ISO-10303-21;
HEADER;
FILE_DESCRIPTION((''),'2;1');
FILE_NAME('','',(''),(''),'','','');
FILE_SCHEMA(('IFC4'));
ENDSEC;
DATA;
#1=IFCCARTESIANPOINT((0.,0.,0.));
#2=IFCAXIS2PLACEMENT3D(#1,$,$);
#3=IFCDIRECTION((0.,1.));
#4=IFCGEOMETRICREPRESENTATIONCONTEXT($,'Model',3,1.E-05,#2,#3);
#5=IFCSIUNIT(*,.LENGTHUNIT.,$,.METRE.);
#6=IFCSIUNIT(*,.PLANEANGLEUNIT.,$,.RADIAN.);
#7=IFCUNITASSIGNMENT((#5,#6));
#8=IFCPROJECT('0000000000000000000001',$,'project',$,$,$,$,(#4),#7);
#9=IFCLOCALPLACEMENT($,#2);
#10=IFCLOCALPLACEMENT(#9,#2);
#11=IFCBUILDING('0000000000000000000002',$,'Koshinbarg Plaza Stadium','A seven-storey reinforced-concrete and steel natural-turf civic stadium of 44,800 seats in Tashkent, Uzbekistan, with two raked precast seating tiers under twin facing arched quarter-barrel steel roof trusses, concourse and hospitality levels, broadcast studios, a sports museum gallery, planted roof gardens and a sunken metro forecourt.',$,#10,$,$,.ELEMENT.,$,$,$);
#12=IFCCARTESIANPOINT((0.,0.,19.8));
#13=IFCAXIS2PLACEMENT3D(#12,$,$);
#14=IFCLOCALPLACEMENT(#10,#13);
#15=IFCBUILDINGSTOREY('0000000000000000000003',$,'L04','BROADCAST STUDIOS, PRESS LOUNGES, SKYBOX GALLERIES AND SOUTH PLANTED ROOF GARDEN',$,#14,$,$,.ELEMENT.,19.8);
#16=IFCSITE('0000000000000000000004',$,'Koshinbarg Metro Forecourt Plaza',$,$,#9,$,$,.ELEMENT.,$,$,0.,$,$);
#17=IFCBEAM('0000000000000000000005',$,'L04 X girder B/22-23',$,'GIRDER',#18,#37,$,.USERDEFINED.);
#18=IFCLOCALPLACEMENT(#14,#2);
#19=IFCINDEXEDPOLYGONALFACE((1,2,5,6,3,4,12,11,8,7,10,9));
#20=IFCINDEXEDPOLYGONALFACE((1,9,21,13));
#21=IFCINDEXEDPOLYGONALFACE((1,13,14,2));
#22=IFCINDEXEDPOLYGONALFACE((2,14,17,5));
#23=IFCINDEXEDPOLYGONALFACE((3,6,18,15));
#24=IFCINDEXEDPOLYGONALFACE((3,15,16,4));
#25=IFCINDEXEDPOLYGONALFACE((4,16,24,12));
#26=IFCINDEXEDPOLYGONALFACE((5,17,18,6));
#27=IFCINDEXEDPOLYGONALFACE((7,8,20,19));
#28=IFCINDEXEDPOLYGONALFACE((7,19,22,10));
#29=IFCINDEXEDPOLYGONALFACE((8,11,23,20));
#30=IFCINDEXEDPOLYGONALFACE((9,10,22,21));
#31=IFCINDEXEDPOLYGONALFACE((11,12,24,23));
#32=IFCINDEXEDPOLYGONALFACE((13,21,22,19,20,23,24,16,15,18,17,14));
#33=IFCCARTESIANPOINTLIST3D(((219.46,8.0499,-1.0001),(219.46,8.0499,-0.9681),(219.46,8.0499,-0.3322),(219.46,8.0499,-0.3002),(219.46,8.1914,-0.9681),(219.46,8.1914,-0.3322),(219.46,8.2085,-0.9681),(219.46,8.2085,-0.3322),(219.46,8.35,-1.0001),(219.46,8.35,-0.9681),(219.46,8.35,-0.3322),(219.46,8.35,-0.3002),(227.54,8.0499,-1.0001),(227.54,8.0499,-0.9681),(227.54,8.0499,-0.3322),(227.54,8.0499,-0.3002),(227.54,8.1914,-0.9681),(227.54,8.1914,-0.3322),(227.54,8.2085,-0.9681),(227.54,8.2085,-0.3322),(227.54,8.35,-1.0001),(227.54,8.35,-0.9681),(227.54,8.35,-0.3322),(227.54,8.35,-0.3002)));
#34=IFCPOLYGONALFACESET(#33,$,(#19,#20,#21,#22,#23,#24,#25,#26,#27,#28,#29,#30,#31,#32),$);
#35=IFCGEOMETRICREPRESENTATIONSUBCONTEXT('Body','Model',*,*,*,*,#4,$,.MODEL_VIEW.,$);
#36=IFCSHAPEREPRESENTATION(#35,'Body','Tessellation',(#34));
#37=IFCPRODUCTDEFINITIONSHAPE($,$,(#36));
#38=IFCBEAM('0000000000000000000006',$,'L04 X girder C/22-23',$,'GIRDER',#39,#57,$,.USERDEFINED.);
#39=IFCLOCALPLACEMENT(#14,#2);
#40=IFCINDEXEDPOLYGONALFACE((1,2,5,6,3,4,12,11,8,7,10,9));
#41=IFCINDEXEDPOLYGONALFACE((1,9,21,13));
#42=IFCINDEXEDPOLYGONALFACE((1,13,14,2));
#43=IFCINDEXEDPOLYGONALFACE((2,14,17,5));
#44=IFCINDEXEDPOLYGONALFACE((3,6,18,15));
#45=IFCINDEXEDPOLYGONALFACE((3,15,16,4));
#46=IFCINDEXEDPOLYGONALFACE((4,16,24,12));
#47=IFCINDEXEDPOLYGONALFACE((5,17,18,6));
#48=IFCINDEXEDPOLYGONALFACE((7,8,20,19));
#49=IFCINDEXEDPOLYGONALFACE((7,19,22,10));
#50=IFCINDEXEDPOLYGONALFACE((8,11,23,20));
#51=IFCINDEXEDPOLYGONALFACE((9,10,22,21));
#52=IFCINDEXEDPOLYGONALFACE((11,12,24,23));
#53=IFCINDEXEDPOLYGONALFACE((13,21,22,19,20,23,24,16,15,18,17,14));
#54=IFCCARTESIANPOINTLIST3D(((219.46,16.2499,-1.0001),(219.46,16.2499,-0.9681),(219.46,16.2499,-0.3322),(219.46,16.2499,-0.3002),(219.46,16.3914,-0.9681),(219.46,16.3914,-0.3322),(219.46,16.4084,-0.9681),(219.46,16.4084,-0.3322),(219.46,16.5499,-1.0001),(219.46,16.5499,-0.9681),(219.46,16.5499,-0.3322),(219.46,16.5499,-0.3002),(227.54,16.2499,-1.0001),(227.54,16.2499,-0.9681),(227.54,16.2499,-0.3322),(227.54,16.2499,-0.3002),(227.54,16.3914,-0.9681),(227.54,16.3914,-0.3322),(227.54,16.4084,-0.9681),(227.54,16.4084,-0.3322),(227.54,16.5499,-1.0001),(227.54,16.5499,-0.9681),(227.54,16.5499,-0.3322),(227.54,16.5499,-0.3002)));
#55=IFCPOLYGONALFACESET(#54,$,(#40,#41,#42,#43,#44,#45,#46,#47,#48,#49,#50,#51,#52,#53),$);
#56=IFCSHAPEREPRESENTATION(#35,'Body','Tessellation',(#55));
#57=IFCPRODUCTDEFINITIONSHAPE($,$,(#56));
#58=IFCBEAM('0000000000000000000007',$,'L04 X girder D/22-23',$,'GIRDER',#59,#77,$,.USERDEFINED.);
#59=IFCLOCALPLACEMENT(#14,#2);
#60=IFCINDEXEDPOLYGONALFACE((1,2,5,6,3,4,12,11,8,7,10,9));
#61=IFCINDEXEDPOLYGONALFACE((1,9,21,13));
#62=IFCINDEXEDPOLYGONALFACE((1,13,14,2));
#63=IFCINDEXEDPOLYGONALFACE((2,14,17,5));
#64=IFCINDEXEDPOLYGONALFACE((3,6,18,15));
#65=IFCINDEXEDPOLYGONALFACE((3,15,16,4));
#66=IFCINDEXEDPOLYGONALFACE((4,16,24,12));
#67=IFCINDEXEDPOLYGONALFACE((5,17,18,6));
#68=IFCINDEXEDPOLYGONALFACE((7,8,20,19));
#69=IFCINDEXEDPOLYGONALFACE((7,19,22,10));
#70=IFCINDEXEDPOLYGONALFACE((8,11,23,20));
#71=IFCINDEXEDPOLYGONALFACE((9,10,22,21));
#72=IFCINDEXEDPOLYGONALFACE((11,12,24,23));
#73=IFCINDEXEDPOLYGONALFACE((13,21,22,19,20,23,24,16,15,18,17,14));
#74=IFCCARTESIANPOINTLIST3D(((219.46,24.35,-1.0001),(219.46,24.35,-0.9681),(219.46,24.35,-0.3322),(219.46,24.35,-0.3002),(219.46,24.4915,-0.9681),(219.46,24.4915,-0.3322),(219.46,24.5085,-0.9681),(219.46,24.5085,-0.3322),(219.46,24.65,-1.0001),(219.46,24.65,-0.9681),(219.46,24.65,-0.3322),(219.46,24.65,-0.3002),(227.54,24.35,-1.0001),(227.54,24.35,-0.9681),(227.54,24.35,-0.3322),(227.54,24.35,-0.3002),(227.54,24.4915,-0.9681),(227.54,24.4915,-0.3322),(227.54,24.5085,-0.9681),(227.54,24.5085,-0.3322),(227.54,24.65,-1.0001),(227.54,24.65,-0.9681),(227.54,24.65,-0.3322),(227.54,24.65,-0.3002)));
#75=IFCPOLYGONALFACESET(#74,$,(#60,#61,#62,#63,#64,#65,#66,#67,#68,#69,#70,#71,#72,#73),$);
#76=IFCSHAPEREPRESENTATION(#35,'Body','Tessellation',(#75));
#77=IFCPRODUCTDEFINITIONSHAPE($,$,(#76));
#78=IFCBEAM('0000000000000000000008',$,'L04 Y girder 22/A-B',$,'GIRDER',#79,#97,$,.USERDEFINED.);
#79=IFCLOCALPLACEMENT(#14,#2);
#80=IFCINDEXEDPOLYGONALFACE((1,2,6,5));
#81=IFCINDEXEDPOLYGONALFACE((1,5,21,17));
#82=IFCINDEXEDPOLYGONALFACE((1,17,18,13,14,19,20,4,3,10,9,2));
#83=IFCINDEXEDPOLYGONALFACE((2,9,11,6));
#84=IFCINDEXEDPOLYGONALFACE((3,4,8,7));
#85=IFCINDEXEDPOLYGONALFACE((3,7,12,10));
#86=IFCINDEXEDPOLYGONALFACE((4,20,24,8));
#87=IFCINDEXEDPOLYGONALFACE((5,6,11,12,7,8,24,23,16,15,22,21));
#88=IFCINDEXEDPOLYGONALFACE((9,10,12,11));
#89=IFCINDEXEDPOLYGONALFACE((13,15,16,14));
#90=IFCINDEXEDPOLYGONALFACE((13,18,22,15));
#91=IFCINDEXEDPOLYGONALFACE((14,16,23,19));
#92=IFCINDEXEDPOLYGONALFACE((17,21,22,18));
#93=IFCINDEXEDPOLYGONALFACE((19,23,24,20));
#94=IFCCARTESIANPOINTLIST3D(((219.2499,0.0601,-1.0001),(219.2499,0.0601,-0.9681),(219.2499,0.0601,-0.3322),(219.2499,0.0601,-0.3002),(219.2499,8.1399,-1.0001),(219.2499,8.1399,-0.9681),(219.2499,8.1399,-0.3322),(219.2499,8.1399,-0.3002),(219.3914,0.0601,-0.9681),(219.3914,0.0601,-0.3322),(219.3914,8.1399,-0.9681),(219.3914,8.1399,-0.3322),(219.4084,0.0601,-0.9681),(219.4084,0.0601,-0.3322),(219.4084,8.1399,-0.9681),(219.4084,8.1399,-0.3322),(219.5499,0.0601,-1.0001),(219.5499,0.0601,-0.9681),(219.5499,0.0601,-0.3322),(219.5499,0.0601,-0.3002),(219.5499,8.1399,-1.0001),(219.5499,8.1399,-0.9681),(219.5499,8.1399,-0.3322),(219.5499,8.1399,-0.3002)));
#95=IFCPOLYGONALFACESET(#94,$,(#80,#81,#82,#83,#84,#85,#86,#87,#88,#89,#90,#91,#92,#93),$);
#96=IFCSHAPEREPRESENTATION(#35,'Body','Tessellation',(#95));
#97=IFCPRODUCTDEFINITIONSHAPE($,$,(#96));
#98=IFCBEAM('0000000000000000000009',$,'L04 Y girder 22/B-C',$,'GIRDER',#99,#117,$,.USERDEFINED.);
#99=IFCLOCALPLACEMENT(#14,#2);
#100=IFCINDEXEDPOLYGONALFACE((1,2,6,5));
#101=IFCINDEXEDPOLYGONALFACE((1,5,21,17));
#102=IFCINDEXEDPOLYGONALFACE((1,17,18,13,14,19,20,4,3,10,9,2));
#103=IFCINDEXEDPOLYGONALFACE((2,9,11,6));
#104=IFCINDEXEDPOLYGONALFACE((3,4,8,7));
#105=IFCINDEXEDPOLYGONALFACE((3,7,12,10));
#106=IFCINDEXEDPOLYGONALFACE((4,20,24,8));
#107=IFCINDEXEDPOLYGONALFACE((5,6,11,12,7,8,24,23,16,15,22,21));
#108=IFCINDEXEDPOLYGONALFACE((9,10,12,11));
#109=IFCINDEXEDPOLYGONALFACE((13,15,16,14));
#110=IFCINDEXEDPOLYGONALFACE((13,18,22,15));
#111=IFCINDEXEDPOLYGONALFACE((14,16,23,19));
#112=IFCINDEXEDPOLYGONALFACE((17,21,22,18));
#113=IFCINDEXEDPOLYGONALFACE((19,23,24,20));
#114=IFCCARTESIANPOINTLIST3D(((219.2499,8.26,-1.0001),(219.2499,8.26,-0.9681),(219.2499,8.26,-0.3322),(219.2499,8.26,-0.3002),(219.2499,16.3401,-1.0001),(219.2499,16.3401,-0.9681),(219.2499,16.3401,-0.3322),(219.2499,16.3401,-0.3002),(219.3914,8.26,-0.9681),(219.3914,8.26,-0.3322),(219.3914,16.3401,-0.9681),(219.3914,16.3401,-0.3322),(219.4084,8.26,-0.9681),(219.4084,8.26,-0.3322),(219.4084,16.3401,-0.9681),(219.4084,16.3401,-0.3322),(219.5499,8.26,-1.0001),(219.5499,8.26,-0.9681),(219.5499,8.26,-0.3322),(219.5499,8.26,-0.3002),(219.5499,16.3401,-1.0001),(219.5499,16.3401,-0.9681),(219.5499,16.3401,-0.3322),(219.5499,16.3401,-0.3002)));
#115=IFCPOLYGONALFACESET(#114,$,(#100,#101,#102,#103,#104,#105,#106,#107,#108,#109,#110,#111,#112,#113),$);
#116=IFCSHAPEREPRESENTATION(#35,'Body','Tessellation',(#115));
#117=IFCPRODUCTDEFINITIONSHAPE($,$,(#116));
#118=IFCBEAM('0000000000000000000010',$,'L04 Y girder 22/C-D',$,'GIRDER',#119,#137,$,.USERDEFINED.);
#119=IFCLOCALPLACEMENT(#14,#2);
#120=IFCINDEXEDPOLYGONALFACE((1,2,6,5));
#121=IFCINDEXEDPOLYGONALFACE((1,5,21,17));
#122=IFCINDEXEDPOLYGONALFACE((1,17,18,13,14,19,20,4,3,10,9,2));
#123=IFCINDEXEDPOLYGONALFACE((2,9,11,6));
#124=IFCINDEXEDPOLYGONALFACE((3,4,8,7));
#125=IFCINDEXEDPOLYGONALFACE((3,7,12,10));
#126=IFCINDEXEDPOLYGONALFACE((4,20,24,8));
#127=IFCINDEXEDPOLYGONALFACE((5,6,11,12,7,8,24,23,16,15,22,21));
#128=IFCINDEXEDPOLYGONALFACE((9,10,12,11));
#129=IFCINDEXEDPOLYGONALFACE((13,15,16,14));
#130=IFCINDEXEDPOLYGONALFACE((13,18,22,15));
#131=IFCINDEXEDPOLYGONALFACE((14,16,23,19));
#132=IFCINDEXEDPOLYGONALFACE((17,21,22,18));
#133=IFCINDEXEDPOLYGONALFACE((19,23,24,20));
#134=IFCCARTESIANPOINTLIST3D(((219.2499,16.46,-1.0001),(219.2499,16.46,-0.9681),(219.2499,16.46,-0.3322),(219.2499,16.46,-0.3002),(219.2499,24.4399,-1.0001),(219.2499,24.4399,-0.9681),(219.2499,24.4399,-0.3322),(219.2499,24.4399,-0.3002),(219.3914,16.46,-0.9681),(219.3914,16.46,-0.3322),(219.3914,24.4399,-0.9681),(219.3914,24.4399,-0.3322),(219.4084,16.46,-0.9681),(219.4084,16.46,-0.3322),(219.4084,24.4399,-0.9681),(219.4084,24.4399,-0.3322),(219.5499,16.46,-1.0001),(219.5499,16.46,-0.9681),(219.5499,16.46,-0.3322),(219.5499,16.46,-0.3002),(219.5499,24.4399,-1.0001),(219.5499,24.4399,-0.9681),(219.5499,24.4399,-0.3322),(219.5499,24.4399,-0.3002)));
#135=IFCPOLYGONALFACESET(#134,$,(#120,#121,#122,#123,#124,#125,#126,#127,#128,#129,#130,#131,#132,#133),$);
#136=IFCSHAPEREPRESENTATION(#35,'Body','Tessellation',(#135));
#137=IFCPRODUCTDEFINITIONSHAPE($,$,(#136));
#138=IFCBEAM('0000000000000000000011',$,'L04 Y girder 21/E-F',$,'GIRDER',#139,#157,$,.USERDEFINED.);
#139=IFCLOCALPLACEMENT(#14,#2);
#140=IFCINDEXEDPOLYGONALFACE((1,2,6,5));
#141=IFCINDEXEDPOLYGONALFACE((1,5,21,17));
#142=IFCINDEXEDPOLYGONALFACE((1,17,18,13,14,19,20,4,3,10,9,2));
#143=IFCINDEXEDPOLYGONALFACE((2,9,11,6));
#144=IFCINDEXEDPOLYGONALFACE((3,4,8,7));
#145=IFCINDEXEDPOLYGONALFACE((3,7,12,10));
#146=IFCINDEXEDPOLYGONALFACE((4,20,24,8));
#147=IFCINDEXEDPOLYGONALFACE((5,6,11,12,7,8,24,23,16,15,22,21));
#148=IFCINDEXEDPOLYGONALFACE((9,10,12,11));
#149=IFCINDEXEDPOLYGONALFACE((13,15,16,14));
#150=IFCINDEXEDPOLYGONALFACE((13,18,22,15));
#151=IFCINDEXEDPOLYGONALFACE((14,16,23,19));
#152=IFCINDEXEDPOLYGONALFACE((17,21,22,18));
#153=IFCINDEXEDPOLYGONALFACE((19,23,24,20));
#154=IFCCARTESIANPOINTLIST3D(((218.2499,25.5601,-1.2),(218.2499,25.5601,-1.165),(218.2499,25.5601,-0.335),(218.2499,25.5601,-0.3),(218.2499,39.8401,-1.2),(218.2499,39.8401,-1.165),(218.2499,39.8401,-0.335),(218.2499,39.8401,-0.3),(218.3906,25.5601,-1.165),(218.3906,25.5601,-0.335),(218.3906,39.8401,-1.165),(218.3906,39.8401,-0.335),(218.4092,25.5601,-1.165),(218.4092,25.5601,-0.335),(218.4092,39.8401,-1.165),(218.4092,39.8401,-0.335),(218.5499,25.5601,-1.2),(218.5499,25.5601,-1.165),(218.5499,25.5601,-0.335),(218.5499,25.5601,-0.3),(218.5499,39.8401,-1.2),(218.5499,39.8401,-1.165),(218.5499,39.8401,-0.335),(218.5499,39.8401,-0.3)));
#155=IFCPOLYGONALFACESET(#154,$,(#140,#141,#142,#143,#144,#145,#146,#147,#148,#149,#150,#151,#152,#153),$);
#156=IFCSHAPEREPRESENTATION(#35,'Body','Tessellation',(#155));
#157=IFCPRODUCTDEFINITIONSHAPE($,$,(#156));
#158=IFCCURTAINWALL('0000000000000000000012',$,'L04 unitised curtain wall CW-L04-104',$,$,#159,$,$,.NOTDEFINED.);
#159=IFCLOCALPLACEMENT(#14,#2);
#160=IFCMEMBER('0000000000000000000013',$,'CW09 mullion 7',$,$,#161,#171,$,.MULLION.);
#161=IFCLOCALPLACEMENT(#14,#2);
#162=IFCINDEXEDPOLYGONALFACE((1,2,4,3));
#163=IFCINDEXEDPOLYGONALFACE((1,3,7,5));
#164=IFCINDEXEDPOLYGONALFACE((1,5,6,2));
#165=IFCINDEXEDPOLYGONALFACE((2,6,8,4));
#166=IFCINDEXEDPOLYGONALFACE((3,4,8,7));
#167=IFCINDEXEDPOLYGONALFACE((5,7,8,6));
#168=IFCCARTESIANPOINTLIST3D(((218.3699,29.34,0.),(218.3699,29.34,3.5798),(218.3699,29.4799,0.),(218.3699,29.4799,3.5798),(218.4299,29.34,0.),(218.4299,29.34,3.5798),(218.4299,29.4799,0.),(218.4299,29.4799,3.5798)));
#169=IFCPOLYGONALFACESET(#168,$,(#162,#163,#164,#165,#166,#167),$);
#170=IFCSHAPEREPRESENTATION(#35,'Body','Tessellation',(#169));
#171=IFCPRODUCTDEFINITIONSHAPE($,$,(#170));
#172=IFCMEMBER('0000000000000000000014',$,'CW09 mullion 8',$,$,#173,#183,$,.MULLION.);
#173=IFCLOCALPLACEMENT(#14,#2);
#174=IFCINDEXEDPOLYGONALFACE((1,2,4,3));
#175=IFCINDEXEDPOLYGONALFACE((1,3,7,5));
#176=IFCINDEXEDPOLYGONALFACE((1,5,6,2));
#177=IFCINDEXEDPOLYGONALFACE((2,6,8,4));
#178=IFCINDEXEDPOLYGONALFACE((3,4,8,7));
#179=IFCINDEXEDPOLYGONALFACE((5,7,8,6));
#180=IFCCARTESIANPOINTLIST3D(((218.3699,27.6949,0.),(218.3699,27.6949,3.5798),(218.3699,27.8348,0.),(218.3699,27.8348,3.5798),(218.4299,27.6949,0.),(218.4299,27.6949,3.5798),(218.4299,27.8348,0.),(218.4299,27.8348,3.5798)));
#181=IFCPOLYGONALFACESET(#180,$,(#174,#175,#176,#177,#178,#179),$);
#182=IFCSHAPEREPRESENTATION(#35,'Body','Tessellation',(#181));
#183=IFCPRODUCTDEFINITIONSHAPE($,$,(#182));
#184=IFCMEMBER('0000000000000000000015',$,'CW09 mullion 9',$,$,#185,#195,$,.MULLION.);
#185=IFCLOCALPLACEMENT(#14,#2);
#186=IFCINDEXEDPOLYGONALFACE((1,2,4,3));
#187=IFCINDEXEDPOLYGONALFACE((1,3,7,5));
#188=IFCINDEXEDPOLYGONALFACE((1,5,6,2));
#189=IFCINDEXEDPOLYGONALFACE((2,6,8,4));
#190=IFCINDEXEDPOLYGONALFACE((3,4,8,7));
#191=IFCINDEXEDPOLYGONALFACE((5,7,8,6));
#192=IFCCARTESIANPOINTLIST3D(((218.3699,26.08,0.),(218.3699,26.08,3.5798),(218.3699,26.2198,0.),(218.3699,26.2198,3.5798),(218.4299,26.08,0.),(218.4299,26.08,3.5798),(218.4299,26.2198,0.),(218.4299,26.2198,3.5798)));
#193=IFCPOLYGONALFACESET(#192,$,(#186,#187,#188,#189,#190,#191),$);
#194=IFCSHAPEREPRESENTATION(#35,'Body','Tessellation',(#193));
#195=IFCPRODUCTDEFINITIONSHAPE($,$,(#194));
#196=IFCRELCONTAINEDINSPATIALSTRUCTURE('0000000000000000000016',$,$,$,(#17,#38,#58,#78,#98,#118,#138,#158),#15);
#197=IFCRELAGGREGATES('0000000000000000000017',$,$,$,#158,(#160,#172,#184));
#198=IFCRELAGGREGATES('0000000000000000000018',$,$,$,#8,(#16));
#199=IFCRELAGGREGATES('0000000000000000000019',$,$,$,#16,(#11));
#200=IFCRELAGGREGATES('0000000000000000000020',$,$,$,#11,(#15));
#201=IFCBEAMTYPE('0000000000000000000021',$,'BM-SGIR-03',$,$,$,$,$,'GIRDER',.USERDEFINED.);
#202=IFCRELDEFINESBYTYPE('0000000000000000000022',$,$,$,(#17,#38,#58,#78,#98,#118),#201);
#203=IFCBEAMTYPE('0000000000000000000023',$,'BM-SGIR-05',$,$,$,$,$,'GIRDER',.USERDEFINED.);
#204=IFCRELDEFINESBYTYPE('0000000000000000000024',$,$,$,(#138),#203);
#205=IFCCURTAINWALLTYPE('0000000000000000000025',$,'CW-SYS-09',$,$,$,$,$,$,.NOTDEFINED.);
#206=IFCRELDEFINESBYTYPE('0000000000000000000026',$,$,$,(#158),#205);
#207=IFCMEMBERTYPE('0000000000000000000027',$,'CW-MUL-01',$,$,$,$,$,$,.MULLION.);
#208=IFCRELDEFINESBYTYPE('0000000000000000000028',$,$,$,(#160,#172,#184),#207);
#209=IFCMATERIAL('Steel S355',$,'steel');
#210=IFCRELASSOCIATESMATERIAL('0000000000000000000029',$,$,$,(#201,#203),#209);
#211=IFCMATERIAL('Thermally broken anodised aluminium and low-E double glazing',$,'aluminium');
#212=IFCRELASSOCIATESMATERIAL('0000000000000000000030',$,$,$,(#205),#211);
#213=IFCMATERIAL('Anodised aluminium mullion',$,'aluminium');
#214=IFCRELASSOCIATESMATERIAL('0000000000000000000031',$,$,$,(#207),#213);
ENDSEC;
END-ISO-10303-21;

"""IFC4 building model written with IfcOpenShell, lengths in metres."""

from ifc_helpers import new_model, si_unit, direction, frame, origin, origin_2d, place, context, subcontext, project, spatial, rectangle, i_section, extrude, material, material_profile, profile_set, type_object, element, aggregate, save


model = new_model("IFC4")

# Units and contexts
model_context = context("Model", 3, precision=1e-05, world=origin(), true_north=direction((0.0, 1.0)))
body_context = subcontext(model_context, "Body", "Model", "MODEL_VIEW")
ifc_project = project(units=[si_unit("LENGTHUNIT", "METRE"), si_unit("PLANEANGLEUNIT", "RADIAN")], contexts=[model_context])

# Site, building, storey
site_placement = place(None, origin())
site = spatial("IfcSite", under=ifc_project, at=site_placement, Name="Koshinbarg Metro Forecourt Plaza", CompositionType="ELEMENT", RefElevation=0.0)
building_placement = place(site_placement, origin())
building = spatial("IfcBuilding", under=site, at=building_placement, Name="Koshinbarg Plaza Stadium", Description="A seven-storey reinforced-concrete and steel natural-turf civic stadium of 44,800 seats in Tashkent, Uzbekistan, with two raked precast seating tiers under twin facing arched quarter-barrel steel roof trusses, concourse and hospitality levels, broadcast studios, a sports museum gallery, planted roof gardens and a sunken metro forecourt.", CompositionType="ELEMENT")
storey_placement = place(building_placement, frame((0.0, 0.0, 19.8)))
storey = spatial("IfcBuildingStorey", under=building, at=storey_placement, Name="L04", Description="BROADCAST STUDIOS, PRESS LOUNGES, SKYBOX GALLERIES AND SOUTH PLANTED ROOF GARDEN", CompositionType="ELEMENT", Elevation=19.8)

# Beams
ifc_material_1 = material(Name="Steel S355", Category="steel")
ifc_material_profile_1 = material_profile(ifc_material_1, i_section(OverallWidth=0.3, OverallDepth=0.7, WebThickness=0.0171, FlangeThickness=0.032, at=origin_2d()), Name="HEB 700")
ifc_profile_set_1 = profile_set([ifc_material_profile_1], Name="Steel S355")
beam_type_1 = type_object("IfcBeamType", Name="BM-SGIR-03", ElementType="GIRDER", PredefinedType="USERDEFINED", material=ifc_profile_set_1)
for number, where, z_axis, x_axis, name in (
    (1, (219.46, 8.2, -0.6501), (1.0, 0.0, 0.0), (0.0, 1.0, 0.0), "L04 X girder B/22-23"),
    (2, (219.46, 16.3999, -0.6501), (1.0, 0.0, 0.0), (0.0, 1.0, 0.0), "L04 X girder C/22-23"),
    (3, (219.46, 24.5, -0.6501), (1.0, 0.0, 0.0), (0.0, 1.0, 0.0), "L04 X girder D/22-23"),
):
    element("IfcBeam", number, at=place(storey_placement, frame(where, z_axis=z_axis, x_axis=x_axis)), inside=storey, type_object=beam_type_1, Name=name, ObjectType="GIRDER", PredefinedType="USERDEFINED", context=body_context, shape_type="SweptSolid", body=[
        extrude(i_section(OverallWidth=0.3, OverallDepth=0.7, WebThickness=0.0171, FlangeThickness=0.032, at=origin_2d()), origin(), (0.0, 0.0, 1.0), 8.0801),
    ])
beam_1_placement = place(storey_placement, frame((219.3999, 0.0601, -0.6501), z_axis=(0.0, 1.0, 0.0), x_axis=(-1.0, 0.0, 0.0)))
element("IfcBeam", 4, at=beam_1_placement, inside=storey, type_object=beam_type_1, Name="L04 Y girder 22/A-B", ObjectType="GIRDER", PredefinedType="USERDEFINED", context=body_context, shape_type="SweptSolid", body=[
    extrude(i_section(OverallWidth=0.3, OverallDepth=0.7, WebThickness=0.0171, FlangeThickness=0.032, at=origin_2d()), origin(), (0.0, 0.0, 1.0), 8.0798),
])
beam_2_placement = place(storey_placement, frame((219.3999, 8.26, -0.6501), z_axis=(0.0, 1.0, 0.0), x_axis=(-1.0, 0.0, 0.0)))
element("IfcBeam", 5, at=beam_2_placement, inside=storey, type_object=beam_type_1, Name="L04 Y girder 22/B-C", ObjectType="GIRDER", PredefinedType="USERDEFINED", context=body_context, shape_type="SweptSolid", body=[
    extrude(i_section(OverallWidth=0.3, OverallDepth=0.7, WebThickness=0.0171, FlangeThickness=0.032, at=origin_2d()), origin(), (0.0, 0.0, 1.0), 8.0801),
])
beam_3_placement = place(storey_placement, frame((219.3999, 16.46, -0.6501), z_axis=(0.0, 1.0, 0.0), x_axis=(-1.0, 0.0, 0.0)))
element("IfcBeam", 6, at=beam_3_placement, inside=storey, type_object=beam_type_1, Name="L04 Y girder 22/C-D", ObjectType="GIRDER", PredefinedType="USERDEFINED", context=body_context, shape_type="SweptSolid", body=[
    extrude(i_section(OverallWidth=0.3, OverallDepth=0.7, WebThickness=0.0171, FlangeThickness=0.032, at=origin_2d()), origin(), (0.0, 0.0, 1.0), 7.98),
])
ifc_material_profile_2 = material_profile(ifc_material_1, i_section(OverallWidth=0.3, OverallDepth=0.8999, WebThickness=0.0186, FlangeThickness=0.0349, at=origin_2d()), Name="HEB 900")
ifc_profile_set_2 = profile_set([ifc_material_profile_2], Name="Steel S355")
beam_type_2 = type_object("IfcBeamType", Name="BM-SGIR-05", ElementType="GIRDER", PredefinedType="USERDEFINED", material=ifc_profile_set_2)
beam_4_placement = place(storey_placement, frame((218.3999, 25.5601, -0.75), z_axis=(0.0, 1.0, 0.0), x_axis=(-1.0, 0.0, 0.0)))
element("IfcBeam", 7, at=beam_4_placement, inside=storey, type_object=beam_type_2, Name="L04 Y girder 21/E-F", ObjectType="GIRDER", PredefinedType="USERDEFINED", context=body_context, shape_type="SweptSolid", body=[
    extrude(i_section(OverallWidth=0.3, OverallDepth=0.8999, WebThickness=0.0186, FlangeThickness=0.0349, at=origin_2d()), origin(), (0.0, 0.0, 1.0), 14.28),
])

# Curtain wall, members
ifc_material_2 = material(Name="Thermally broken anodised aluminium and low-E double glazing", Category="aluminium")
curtain_wall_type = type_object("IfcCurtainWallType", Name="CW-SYS-09", PredefinedType="NOTDEFINED", material=ifc_material_2)
curtain_wall_placement = place(storey_placement, origin())
curtain_wall = element("IfcCurtainWall", 8, at=curtain_wall_placement, inside=storey, type_object=curtain_wall_type, Name="L04 unitised curtain wall CW-L04-104", PredefinedType="NOTDEFINED")
ifc_material_3 = material(Name="Anodised aluminium mullion", Category="aluminium")
ifc_material_profile_3 = material_profile(ifc_material_3, rectangle(XDim=0.0601, YDim=0.1399, at=origin_2d()), Name="ALU 60x140")
ifc_profile_set_3 = profile_set([ifc_material_profile_3], Name="Anodised aluminium mullion")
member_type_1 = type_object("IfcMemberType", Name="CW-MUL-01", PredefinedType="MULLION", material=ifc_profile_set_3)
member_1_placement = place(storey_placement, frame((218.3999, 29.4099, 0.0), z_axis=(0.0, 0.0, 1.0), x_axis=(1.0, 0.0, 0.0)))
member_1 = element("IfcMember", 9, at=member_1_placement, type_object=member_type_1, Name="CW09 mullion 7", PredefinedType="MULLION", context=body_context, shape_type="SweptSolid", body=[
    extrude(rectangle(XDim=0.0601, YDim=0.1399, at=origin_2d()), origin(), (0.0, 0.0, 1.0), 3.5798),
])
member_2_placement = place(storey_placement, frame((218.3999, 27.7649, 0.0), z_axis=(0.0, 0.0, 1.0), x_axis=(1.0, 0.0, 0.0)))
member_2 = element("IfcMember", 10, at=member_2_placement, type_object=member_type_1, Name="CW09 mullion 8", PredefinedType="MULLION", context=body_context, shape_type="SweptSolid", body=[
    extrude(rectangle(XDim=0.0601, YDim=0.1399, at=origin_2d()), origin(), (0.0, 0.0, 1.0), 3.5798),
])
member_3_placement = place(storey_placement, frame((218.3999, 26.1499, 0.0), z_axis=(0.0, 0.0, 1.0), x_axis=(1.0, 0.0, 0.0)))
member_3 = element("IfcMember", 11, at=member_3_placement, type_object=member_type_1, Name="CW09 mullion 9", PredefinedType="MULLION", context=body_context, shape_type="SweptSolid", body=[
    extrude(rectangle(XDim=0.0601, YDim=0.1399, at=origin_2d()), origin(), (0.0, 0.0, 1.0), 3.5798),
])

aggregate(curtain_wall, [member_1, member_2, member_3])

save(model, "model.ifc")
